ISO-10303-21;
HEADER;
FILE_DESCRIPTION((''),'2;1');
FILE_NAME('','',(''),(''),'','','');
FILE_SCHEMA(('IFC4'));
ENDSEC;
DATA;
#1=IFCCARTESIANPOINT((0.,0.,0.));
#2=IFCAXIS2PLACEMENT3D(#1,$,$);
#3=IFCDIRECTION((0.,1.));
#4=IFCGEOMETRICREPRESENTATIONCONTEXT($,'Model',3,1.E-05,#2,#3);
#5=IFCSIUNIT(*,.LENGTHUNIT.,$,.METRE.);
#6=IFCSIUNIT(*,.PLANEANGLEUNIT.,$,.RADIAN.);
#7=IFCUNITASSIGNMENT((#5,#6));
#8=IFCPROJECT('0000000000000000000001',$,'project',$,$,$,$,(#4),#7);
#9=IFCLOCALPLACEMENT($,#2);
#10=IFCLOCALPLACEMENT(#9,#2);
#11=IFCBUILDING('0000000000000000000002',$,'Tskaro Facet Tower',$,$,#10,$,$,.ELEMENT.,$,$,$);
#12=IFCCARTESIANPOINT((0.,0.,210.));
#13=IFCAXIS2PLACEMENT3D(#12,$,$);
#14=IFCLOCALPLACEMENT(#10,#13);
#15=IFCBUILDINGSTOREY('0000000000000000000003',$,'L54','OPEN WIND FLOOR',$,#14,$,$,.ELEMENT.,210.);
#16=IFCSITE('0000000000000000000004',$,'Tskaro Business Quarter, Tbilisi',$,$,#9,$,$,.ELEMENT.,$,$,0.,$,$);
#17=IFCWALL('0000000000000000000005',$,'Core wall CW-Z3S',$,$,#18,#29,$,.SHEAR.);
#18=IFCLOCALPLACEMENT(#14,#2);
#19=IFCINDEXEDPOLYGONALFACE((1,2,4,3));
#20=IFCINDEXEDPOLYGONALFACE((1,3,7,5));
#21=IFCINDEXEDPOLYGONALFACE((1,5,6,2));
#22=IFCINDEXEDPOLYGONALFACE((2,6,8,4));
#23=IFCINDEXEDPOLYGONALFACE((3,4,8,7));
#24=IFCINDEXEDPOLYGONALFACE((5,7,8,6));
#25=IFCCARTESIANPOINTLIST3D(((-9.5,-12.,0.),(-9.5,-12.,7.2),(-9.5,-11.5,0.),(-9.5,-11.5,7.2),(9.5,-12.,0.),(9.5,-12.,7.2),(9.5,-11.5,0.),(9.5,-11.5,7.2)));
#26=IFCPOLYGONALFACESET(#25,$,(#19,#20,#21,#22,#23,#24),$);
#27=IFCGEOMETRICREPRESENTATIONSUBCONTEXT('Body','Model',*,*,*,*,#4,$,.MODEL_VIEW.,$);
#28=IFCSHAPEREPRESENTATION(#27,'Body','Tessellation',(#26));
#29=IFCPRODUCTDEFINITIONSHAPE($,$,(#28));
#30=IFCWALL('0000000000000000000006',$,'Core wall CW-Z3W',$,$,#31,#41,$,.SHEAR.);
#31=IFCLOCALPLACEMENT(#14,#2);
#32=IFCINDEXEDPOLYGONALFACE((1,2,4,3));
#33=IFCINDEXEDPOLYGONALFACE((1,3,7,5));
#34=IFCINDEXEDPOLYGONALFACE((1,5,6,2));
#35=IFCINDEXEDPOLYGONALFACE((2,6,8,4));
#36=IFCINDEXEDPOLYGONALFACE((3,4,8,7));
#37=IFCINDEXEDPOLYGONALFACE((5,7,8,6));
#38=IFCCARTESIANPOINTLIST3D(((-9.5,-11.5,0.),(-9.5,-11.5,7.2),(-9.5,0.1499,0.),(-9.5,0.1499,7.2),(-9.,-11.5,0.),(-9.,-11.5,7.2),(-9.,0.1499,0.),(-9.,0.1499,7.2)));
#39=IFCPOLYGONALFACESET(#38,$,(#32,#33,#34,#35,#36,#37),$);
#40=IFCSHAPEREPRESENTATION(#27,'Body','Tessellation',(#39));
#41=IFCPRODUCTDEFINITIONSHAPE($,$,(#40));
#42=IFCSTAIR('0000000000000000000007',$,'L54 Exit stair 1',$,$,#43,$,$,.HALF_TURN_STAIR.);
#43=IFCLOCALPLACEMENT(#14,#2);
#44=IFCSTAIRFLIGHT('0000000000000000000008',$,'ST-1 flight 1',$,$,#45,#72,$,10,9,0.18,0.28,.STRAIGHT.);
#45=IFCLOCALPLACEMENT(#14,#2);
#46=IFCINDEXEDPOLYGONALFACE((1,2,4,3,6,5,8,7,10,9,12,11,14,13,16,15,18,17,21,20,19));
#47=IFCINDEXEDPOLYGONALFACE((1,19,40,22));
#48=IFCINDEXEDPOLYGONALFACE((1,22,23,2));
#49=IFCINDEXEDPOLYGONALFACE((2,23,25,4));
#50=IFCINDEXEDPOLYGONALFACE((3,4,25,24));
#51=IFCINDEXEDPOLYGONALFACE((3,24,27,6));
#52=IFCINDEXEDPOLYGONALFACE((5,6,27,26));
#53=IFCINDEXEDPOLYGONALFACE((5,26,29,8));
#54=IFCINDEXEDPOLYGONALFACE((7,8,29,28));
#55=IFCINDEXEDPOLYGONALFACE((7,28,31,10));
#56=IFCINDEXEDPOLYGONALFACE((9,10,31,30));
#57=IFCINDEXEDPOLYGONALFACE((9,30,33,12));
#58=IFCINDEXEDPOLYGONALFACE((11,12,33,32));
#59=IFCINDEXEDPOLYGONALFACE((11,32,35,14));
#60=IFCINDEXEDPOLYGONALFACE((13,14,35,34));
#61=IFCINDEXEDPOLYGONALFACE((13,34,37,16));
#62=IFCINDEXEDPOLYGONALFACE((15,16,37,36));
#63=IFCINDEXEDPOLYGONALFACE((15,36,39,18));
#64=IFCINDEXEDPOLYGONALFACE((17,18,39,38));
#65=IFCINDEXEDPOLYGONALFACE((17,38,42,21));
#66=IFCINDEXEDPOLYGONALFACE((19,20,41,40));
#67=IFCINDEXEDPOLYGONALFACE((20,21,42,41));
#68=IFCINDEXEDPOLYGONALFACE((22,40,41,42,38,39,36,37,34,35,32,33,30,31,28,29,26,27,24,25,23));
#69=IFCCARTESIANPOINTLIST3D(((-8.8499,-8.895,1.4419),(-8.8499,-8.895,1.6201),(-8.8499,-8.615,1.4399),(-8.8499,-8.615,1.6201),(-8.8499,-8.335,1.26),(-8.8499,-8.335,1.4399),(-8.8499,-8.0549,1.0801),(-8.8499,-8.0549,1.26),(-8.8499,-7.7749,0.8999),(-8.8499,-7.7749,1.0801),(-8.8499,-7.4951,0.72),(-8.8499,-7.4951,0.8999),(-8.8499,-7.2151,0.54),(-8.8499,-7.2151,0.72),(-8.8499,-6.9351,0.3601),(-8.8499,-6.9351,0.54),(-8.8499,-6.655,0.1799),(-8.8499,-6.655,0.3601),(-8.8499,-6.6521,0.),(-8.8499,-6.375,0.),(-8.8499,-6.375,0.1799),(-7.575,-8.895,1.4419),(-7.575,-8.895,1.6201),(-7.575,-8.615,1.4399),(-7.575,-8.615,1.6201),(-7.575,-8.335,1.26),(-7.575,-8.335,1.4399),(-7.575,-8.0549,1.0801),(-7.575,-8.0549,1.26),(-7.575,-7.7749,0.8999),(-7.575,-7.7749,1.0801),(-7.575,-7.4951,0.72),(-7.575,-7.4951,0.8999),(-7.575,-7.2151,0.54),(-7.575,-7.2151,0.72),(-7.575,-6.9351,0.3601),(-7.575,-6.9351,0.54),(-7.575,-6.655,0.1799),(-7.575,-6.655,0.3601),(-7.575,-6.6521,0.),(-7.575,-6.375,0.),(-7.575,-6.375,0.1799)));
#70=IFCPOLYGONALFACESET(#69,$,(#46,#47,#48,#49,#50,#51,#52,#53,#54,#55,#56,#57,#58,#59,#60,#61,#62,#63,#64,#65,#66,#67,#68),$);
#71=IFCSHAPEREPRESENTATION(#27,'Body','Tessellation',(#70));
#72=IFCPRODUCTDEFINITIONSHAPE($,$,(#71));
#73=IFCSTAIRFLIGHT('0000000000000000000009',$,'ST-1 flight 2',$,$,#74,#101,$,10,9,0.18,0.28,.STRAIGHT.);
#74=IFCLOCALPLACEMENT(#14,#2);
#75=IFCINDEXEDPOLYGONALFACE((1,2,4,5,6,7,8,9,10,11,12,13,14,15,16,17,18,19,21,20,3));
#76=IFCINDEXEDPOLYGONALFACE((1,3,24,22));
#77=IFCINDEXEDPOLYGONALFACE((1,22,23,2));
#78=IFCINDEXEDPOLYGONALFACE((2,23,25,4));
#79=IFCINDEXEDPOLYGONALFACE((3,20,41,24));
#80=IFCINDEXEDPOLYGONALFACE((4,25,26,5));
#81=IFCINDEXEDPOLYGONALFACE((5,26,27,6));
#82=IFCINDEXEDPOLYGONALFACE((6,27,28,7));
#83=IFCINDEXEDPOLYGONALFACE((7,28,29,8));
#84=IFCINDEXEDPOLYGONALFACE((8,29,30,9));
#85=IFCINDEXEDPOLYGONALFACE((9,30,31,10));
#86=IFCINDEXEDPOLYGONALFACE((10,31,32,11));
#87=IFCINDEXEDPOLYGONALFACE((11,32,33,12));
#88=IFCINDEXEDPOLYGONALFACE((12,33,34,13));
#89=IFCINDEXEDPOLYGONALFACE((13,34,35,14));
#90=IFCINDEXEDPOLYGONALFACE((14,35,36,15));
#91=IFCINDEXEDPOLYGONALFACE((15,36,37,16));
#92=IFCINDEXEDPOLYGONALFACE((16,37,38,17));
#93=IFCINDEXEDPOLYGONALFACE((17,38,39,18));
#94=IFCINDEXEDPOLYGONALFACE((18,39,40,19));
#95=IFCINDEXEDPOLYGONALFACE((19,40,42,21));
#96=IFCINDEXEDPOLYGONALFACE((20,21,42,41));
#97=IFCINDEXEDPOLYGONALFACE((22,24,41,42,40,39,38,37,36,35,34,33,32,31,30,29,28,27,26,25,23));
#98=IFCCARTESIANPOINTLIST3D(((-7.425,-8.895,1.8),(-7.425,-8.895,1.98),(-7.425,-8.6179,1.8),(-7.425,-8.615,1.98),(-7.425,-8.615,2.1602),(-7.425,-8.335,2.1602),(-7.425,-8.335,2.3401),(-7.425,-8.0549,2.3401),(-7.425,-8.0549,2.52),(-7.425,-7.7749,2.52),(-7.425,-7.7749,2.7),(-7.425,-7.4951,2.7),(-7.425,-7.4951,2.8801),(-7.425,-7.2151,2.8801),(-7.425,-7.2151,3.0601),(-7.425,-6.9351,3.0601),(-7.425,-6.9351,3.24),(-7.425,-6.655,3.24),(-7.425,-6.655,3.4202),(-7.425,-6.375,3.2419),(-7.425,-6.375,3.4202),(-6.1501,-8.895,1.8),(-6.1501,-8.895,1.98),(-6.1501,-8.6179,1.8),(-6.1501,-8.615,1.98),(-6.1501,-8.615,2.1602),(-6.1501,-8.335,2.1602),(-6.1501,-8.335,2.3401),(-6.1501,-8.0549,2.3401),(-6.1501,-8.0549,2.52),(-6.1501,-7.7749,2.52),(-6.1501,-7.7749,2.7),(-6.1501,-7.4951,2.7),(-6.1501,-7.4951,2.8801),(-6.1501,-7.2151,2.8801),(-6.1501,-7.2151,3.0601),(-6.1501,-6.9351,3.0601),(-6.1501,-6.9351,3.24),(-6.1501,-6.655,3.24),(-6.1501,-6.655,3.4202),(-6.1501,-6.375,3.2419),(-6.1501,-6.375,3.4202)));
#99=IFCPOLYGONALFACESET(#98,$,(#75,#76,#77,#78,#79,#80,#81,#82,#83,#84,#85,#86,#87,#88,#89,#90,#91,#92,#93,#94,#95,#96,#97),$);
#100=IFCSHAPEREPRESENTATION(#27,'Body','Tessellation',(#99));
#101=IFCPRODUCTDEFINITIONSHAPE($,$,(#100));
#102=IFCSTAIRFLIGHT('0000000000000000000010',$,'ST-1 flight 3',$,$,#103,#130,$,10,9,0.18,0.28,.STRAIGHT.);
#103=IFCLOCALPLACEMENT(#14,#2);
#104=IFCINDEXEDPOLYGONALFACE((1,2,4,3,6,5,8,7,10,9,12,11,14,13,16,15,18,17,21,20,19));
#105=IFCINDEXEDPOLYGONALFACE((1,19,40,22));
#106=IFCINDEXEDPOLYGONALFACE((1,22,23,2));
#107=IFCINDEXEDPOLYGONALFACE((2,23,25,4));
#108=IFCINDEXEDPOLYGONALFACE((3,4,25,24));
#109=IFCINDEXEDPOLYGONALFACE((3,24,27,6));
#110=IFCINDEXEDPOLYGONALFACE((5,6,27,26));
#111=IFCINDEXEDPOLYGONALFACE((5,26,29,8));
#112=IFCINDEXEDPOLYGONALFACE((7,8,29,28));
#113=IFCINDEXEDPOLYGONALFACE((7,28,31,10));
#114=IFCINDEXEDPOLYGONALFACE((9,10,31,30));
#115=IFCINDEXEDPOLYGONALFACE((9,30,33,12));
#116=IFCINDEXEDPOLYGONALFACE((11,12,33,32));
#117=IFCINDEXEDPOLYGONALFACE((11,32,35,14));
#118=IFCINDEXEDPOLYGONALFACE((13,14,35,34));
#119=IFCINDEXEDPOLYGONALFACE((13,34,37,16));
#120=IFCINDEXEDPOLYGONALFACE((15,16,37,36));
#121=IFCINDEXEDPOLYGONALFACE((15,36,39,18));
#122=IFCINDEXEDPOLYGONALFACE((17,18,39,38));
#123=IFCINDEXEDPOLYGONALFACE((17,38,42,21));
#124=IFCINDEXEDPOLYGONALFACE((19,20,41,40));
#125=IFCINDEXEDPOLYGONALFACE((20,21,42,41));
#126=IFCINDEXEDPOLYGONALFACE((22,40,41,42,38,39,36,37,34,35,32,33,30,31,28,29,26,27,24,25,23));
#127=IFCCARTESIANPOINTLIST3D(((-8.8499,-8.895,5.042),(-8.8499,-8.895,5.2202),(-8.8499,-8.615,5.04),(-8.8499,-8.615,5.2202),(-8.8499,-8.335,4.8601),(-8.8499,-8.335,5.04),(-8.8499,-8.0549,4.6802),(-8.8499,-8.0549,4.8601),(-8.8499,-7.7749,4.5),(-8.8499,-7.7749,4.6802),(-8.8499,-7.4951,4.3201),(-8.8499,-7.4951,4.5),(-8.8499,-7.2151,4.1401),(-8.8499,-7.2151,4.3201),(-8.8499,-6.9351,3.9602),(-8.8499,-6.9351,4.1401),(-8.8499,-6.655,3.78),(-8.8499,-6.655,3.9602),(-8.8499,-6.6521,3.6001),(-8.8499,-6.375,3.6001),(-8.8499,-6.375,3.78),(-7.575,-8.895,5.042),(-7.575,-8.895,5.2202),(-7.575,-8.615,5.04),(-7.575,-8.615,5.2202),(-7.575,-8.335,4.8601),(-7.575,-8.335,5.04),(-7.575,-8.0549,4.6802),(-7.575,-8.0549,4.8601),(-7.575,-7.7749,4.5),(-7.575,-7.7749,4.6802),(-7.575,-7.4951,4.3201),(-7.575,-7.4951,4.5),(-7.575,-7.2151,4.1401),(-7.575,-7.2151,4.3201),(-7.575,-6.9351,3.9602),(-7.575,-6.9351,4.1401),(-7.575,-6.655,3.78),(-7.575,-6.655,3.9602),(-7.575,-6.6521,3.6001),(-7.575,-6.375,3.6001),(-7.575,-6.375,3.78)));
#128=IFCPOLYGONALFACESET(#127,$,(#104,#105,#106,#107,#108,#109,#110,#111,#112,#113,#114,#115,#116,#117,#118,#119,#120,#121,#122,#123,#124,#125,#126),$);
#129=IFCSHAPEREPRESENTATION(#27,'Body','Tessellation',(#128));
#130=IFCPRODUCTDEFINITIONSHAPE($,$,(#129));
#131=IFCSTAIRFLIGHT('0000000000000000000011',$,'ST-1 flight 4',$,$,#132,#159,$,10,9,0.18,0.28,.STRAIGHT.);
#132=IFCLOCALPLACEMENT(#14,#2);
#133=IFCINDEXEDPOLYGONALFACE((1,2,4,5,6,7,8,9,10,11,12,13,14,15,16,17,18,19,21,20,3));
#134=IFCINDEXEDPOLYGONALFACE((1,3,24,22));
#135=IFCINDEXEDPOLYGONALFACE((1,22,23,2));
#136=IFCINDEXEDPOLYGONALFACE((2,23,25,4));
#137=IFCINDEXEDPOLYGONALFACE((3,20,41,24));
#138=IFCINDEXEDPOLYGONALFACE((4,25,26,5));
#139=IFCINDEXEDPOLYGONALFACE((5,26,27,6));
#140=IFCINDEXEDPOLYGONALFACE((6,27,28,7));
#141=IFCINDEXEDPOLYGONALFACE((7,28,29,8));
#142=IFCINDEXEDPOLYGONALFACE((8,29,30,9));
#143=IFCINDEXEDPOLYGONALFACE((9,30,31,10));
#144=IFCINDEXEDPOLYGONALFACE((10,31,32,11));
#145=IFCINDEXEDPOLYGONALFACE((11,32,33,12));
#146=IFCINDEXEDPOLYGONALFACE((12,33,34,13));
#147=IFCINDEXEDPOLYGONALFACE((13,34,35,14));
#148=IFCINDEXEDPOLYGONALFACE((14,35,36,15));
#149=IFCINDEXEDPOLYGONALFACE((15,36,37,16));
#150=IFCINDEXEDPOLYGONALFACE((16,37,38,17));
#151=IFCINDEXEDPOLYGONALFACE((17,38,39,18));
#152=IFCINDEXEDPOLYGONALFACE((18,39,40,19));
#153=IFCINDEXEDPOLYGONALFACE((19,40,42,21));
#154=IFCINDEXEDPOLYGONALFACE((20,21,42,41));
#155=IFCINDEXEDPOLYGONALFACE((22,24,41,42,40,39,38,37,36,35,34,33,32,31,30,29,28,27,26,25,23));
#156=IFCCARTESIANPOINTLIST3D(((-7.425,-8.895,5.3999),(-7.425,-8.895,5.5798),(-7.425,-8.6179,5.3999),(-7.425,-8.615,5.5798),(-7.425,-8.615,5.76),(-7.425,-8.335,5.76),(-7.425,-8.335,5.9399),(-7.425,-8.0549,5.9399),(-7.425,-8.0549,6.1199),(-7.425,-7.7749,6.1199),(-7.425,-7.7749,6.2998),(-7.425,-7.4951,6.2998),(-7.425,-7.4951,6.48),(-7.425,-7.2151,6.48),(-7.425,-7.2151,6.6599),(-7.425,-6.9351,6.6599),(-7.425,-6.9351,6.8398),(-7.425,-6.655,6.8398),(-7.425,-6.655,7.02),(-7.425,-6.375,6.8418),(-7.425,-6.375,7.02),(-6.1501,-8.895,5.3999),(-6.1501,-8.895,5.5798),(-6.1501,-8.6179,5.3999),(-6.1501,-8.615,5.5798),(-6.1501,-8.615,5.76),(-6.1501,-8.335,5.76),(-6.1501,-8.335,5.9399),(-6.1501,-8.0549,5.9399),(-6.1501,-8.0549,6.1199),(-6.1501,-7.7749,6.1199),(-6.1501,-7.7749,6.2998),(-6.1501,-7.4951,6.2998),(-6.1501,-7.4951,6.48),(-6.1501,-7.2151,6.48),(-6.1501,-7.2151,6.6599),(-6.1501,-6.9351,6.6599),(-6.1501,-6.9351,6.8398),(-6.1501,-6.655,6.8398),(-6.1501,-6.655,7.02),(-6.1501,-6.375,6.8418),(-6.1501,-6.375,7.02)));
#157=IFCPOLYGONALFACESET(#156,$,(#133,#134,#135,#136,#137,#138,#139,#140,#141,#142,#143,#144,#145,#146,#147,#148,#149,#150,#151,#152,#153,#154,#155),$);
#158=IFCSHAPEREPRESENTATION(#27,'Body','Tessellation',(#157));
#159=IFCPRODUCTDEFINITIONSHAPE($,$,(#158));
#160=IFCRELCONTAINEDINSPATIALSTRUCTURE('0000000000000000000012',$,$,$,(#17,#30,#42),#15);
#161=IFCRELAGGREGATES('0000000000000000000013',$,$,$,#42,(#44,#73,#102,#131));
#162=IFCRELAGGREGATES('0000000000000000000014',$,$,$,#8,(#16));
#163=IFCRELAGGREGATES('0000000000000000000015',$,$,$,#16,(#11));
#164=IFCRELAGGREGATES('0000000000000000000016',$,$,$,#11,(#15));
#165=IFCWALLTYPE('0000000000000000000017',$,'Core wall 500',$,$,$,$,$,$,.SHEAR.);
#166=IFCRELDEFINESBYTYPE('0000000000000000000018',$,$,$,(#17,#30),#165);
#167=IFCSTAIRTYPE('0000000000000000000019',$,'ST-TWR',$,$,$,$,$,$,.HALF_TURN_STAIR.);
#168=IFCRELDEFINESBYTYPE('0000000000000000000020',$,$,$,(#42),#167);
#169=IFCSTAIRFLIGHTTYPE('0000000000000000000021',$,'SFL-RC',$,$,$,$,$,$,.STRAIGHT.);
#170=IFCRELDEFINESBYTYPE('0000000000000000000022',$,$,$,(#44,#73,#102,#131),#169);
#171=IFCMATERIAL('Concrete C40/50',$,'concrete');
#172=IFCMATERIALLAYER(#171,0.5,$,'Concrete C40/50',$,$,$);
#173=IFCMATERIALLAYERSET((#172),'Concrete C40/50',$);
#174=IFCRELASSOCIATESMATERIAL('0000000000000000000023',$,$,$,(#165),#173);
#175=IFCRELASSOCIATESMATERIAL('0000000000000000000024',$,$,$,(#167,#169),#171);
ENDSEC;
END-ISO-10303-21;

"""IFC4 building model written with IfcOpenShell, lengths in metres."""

from ifc_helpers import new_model, si_unit, direction, frame, frame_2d, origin, place, context, subcontext, project, spatial, polyline, rectangle, outline, extrude, material, layer, layer_set, type_object, element, aggregate, save


model = new_model("IFC4")

# Units and contexts
model_context = context("Model", 3, precision=1e-05, world=origin(), true_north=direction((0.0, 1.0)))
body_context = subcontext(model_context, "Body", "Model", "MODEL_VIEW")
ifc_project = project(units=[si_unit("LENGTHUNIT", "METRE"), si_unit("PLANEANGLEUNIT", "RADIAN")], contexts=[model_context])

# Site, building, storey
site_placement = place(None, origin())
site = spatial("IfcSite", under=ifc_project, at=site_placement, Name="Tskaro Business Quarter, Tbilisi", CompositionType="ELEMENT", RefElevation=0.0)
building_placement = place(site_placement, origin())
building = spatial("IfcBuilding", under=site, at=building_placement, Name="Tskaro Facet Tower", CompositionType="ELEMENT")
storey_placement = place(building_placement, frame((0.0, 0.0, 210.0)))
storey = spatial("IfcBuildingStorey", under=building, at=storey_placement, Name="L54", Description="OPEN WIND FLOOR", CompositionType="ELEMENT", Elevation=210.0)

# Walls
ifc_material_1 = material(Name="Concrete C40/50", Category="concrete")
ifc_layer_1 = layer(ifc_material_1, 0.5, Name="Concrete C40/50")
ifc_layer_set_1 = layer_set([ifc_layer_1], Name="Concrete C40/50")
wall_type_1 = type_object("IfcWallType", Name="Core wall 500", PredefinedType="SHEAR", material=ifc_layer_set_1)
wall_1_placement = place(storey_placement, frame((-9.5, -11.75, 0.0), z_axis=(0.0, 0.0, 1.0), x_axis=(1.0, 0.0, 0.0)))
element("IfcWall", 1, at=wall_1_placement, inside=storey, type_object=wall_type_1, Name="Core wall CW-Z3S", PredefinedType="SHEAR", context=body_context, shape_type="SweptSolid", body=[
    extrude(rectangle(XDim=19.0, YDim=0.5, at=frame_2d((9.5, 0.0))), origin(), (0.0, 0.0, 1.0), 7.2),
])
wall_2_placement = place(storey_placement, frame((-9.25, -11.5, 0.0), z_axis=(0.0, 0.0, 1.0), x_axis=(0.0, 1.0, 0.0)))
element("IfcWall", 2, at=wall_2_placement, inside=storey, type_object=wall_type_1, Name="Core wall CW-Z3W", PredefinedType="SHEAR", context=body_context, shape_type="SweptSolid", body=[
    extrude(rectangle(XDim=11.6499, YDim=0.5, at=frame_2d((5.825, 0.0))), origin(), (0.0, 0.0, 1.0), 7.2),
])

# Stair, stair flights
stair_type = type_object("IfcStairType", Name="ST-TWR", PredefinedType="HALF_TURN_STAIR", material=ifc_material_1)
stair_placement = place(storey_placement, origin())
stair = element("IfcStair", 3, at=stair_placement, inside=storey, type_object=stair_type, Name="L54 Exit stair 1", PredefinedType="HALF_TURN_STAIR")
stair_flight_type = type_object("IfcStairFlightType", Name="SFL-RC", PredefinedType="STRAIGHT", material=ifc_material_1)
stair_flight_1_placement = place(storey_placement, frame((-8.2124, -6.375, 0.0), z_axis=(0.0, 0.0, 1.0), x_axis=(0.0, -1.0, 0.0)))
stair_flight_1 = element("IfcStairFlight", 4, at=stair_flight_1_placement, type_object=stair_flight_type, Name="ST-1 flight 1", NumberOfRisers=10, NumberOfTreads=9, PredefinedType="STRAIGHT", RiserHeight=0.18, TreadLength=0.28, context=body_context, shape_type="SweptSolid", body=[
    extrude(outline(polyline([(0.0, 0.0), (0.0, 0.1799), (0.28, 0.1799), (0.28, 0.3601), (0.5601, 0.3601), (0.5601, 0.54), (0.8401, 0.54), (0.8401, 0.72), (1.1201, 0.72), (1.1201, 0.8999), (1.3999, 0.8999), (1.3999, 1.0801), (1.6799, 1.0801), (1.6799, 1.26), (1.96, 1.26), (1.96, 1.4399), (2.24, 1.4399), (2.24, 1.6201), (2.52, 1.6201), (2.52, 1.8), (2.52, 1.4419), (0.2771, 0.0), (0.0, 0.0)])), frame((0.0, 0.6375, 0.0), z_axis=(0.0, -1.0, 0.0), x_axis=(1.0, 0.0, 0.0)), (0.0, 0.0, 1.0), 1.2749),
])
stair_flight_2_placement = place(storey_placement, frame((-6.7876, -8.895, 1.8), z_axis=(0.0, 0.0, 1.0), x_axis=(0.0, 1.0, 0.0)))
stair_flight_2 = element("IfcStairFlight", 5, at=stair_flight_2_placement, type_object=stair_flight_type, Name="ST-1 flight 2", NumberOfRisers=10, NumberOfTreads=9, PredefinedType="STRAIGHT", RiserHeight=0.18, TreadLength=0.28, context=body_context, shape_type="SweptSolid", body=[
    extrude(outline(polyline([(0.0, 0.0), (0.0, 0.1799), (0.28, 0.1799), (0.28, 0.3601), (0.5601, 0.3601), (0.5601, 0.54), (0.8401, 0.54), (0.8401, 0.72), (1.1201, 0.72), (1.1201, 0.8999), (1.3999, 0.8999), (1.3999, 1.0801), (1.6799, 1.0801), (1.6799, 1.26), (1.96, 1.26), (1.96, 1.4399), (2.24, 1.4399), (2.24, 1.6201), (2.52, 1.6201), (2.52, 1.8), (2.52, 1.4419), (0.2771, 0.0), (0.0, 0.0)])), frame((0.0, 0.6375, 0.0), z_axis=(0.0, -1.0, 0.0), x_axis=(1.0, 0.0, 0.0)), (0.0, 0.0, 1.0), 1.2749),
])
stair_flight_3_placement = place(storey_placement, frame((-8.2124, -6.375, 3.6001), z_axis=(0.0, 0.0, 1.0), x_axis=(0.0, -1.0, 0.0)))
stair_flight_3 = element("IfcStairFlight", 6, at=stair_flight_3_placement, type_object=stair_flight_type, Name="ST-1 flight 3", NumberOfRisers=10, NumberOfTreads=9, PredefinedType="STRAIGHT", RiserHeight=0.18, TreadLength=0.28, context=body_context, shape_type="SweptSolid", body=[
    extrude(outline(polyline([(0.0, 0.0), (0.0, 0.1799), (0.28, 0.1799), (0.28, 0.3601), (0.5601, 0.3601), (0.5601, 0.54), (0.8401, 0.54), (0.8401, 0.72), (1.1201, 0.72), (1.1201, 0.8999), (1.3999, 0.8999), (1.3999, 1.0801), (1.6799, 1.0801), (1.6799, 1.26), (1.96, 1.26), (1.96, 1.4399), (2.24, 1.4399), (2.24, 1.6201), (2.52, 1.6201), (2.52, 1.8), (2.52, 1.4419), (0.2771, 0.0), (0.0, 0.0)])), frame((0.0, 0.6375, 0.0), z_axis=(0.0, -1.0, 0.0), x_axis=(1.0, 0.0, 0.0)), (0.0, 0.0, 1.0), 1.2749),
])
stair_flight_4_placement = place(storey_placement, frame((-6.7876, -8.895, 5.3999), z_axis=(0.0, 0.0, 1.0), x_axis=(0.0, 1.0, 0.0)))
stair_flight_4 = element("IfcStairFlight", 7, at=stair_flight_4_placement, type_object=stair_flight_type, Name="ST-1 flight 4", NumberOfRisers=10, NumberOfTreads=9, PredefinedType="STRAIGHT", RiserHeight=0.18, TreadLength=0.28, context=body_context, shape_type="SweptSolid", body=[
    extrude(outline(polyline([(0.0, 0.0), (0.0, 0.1799), (0.28, 0.1799), (0.28, 0.3601), (0.5601, 0.3601), (0.5601, 0.54), (0.8401, 0.54), (0.8401, 0.72), (1.1201, 0.72), (1.1201, 0.8999), (1.3999, 0.8999), (1.3999, 1.0801), (1.6799, 1.0801), (1.6799, 1.26), (1.96, 1.26), (1.96, 1.4399), (2.24, 1.4399), (2.24, 1.6201), (2.52, 1.6201), (2.52, 1.8), (2.52, 1.4419), (0.2771, 0.0), (0.0, 0.0)])), frame((0.0, 0.6375, 0.0), z_axis=(0.0, -1.0, 0.0), x_axis=(1.0, 0.0, 0.0)), (0.0, 0.0, 1.0), 1.2749),
])
aggregate(stair, [stair_flight_1, stair_flight_2, stair_flight_3, stair_flight_4])

save(model, "model.ifc")
